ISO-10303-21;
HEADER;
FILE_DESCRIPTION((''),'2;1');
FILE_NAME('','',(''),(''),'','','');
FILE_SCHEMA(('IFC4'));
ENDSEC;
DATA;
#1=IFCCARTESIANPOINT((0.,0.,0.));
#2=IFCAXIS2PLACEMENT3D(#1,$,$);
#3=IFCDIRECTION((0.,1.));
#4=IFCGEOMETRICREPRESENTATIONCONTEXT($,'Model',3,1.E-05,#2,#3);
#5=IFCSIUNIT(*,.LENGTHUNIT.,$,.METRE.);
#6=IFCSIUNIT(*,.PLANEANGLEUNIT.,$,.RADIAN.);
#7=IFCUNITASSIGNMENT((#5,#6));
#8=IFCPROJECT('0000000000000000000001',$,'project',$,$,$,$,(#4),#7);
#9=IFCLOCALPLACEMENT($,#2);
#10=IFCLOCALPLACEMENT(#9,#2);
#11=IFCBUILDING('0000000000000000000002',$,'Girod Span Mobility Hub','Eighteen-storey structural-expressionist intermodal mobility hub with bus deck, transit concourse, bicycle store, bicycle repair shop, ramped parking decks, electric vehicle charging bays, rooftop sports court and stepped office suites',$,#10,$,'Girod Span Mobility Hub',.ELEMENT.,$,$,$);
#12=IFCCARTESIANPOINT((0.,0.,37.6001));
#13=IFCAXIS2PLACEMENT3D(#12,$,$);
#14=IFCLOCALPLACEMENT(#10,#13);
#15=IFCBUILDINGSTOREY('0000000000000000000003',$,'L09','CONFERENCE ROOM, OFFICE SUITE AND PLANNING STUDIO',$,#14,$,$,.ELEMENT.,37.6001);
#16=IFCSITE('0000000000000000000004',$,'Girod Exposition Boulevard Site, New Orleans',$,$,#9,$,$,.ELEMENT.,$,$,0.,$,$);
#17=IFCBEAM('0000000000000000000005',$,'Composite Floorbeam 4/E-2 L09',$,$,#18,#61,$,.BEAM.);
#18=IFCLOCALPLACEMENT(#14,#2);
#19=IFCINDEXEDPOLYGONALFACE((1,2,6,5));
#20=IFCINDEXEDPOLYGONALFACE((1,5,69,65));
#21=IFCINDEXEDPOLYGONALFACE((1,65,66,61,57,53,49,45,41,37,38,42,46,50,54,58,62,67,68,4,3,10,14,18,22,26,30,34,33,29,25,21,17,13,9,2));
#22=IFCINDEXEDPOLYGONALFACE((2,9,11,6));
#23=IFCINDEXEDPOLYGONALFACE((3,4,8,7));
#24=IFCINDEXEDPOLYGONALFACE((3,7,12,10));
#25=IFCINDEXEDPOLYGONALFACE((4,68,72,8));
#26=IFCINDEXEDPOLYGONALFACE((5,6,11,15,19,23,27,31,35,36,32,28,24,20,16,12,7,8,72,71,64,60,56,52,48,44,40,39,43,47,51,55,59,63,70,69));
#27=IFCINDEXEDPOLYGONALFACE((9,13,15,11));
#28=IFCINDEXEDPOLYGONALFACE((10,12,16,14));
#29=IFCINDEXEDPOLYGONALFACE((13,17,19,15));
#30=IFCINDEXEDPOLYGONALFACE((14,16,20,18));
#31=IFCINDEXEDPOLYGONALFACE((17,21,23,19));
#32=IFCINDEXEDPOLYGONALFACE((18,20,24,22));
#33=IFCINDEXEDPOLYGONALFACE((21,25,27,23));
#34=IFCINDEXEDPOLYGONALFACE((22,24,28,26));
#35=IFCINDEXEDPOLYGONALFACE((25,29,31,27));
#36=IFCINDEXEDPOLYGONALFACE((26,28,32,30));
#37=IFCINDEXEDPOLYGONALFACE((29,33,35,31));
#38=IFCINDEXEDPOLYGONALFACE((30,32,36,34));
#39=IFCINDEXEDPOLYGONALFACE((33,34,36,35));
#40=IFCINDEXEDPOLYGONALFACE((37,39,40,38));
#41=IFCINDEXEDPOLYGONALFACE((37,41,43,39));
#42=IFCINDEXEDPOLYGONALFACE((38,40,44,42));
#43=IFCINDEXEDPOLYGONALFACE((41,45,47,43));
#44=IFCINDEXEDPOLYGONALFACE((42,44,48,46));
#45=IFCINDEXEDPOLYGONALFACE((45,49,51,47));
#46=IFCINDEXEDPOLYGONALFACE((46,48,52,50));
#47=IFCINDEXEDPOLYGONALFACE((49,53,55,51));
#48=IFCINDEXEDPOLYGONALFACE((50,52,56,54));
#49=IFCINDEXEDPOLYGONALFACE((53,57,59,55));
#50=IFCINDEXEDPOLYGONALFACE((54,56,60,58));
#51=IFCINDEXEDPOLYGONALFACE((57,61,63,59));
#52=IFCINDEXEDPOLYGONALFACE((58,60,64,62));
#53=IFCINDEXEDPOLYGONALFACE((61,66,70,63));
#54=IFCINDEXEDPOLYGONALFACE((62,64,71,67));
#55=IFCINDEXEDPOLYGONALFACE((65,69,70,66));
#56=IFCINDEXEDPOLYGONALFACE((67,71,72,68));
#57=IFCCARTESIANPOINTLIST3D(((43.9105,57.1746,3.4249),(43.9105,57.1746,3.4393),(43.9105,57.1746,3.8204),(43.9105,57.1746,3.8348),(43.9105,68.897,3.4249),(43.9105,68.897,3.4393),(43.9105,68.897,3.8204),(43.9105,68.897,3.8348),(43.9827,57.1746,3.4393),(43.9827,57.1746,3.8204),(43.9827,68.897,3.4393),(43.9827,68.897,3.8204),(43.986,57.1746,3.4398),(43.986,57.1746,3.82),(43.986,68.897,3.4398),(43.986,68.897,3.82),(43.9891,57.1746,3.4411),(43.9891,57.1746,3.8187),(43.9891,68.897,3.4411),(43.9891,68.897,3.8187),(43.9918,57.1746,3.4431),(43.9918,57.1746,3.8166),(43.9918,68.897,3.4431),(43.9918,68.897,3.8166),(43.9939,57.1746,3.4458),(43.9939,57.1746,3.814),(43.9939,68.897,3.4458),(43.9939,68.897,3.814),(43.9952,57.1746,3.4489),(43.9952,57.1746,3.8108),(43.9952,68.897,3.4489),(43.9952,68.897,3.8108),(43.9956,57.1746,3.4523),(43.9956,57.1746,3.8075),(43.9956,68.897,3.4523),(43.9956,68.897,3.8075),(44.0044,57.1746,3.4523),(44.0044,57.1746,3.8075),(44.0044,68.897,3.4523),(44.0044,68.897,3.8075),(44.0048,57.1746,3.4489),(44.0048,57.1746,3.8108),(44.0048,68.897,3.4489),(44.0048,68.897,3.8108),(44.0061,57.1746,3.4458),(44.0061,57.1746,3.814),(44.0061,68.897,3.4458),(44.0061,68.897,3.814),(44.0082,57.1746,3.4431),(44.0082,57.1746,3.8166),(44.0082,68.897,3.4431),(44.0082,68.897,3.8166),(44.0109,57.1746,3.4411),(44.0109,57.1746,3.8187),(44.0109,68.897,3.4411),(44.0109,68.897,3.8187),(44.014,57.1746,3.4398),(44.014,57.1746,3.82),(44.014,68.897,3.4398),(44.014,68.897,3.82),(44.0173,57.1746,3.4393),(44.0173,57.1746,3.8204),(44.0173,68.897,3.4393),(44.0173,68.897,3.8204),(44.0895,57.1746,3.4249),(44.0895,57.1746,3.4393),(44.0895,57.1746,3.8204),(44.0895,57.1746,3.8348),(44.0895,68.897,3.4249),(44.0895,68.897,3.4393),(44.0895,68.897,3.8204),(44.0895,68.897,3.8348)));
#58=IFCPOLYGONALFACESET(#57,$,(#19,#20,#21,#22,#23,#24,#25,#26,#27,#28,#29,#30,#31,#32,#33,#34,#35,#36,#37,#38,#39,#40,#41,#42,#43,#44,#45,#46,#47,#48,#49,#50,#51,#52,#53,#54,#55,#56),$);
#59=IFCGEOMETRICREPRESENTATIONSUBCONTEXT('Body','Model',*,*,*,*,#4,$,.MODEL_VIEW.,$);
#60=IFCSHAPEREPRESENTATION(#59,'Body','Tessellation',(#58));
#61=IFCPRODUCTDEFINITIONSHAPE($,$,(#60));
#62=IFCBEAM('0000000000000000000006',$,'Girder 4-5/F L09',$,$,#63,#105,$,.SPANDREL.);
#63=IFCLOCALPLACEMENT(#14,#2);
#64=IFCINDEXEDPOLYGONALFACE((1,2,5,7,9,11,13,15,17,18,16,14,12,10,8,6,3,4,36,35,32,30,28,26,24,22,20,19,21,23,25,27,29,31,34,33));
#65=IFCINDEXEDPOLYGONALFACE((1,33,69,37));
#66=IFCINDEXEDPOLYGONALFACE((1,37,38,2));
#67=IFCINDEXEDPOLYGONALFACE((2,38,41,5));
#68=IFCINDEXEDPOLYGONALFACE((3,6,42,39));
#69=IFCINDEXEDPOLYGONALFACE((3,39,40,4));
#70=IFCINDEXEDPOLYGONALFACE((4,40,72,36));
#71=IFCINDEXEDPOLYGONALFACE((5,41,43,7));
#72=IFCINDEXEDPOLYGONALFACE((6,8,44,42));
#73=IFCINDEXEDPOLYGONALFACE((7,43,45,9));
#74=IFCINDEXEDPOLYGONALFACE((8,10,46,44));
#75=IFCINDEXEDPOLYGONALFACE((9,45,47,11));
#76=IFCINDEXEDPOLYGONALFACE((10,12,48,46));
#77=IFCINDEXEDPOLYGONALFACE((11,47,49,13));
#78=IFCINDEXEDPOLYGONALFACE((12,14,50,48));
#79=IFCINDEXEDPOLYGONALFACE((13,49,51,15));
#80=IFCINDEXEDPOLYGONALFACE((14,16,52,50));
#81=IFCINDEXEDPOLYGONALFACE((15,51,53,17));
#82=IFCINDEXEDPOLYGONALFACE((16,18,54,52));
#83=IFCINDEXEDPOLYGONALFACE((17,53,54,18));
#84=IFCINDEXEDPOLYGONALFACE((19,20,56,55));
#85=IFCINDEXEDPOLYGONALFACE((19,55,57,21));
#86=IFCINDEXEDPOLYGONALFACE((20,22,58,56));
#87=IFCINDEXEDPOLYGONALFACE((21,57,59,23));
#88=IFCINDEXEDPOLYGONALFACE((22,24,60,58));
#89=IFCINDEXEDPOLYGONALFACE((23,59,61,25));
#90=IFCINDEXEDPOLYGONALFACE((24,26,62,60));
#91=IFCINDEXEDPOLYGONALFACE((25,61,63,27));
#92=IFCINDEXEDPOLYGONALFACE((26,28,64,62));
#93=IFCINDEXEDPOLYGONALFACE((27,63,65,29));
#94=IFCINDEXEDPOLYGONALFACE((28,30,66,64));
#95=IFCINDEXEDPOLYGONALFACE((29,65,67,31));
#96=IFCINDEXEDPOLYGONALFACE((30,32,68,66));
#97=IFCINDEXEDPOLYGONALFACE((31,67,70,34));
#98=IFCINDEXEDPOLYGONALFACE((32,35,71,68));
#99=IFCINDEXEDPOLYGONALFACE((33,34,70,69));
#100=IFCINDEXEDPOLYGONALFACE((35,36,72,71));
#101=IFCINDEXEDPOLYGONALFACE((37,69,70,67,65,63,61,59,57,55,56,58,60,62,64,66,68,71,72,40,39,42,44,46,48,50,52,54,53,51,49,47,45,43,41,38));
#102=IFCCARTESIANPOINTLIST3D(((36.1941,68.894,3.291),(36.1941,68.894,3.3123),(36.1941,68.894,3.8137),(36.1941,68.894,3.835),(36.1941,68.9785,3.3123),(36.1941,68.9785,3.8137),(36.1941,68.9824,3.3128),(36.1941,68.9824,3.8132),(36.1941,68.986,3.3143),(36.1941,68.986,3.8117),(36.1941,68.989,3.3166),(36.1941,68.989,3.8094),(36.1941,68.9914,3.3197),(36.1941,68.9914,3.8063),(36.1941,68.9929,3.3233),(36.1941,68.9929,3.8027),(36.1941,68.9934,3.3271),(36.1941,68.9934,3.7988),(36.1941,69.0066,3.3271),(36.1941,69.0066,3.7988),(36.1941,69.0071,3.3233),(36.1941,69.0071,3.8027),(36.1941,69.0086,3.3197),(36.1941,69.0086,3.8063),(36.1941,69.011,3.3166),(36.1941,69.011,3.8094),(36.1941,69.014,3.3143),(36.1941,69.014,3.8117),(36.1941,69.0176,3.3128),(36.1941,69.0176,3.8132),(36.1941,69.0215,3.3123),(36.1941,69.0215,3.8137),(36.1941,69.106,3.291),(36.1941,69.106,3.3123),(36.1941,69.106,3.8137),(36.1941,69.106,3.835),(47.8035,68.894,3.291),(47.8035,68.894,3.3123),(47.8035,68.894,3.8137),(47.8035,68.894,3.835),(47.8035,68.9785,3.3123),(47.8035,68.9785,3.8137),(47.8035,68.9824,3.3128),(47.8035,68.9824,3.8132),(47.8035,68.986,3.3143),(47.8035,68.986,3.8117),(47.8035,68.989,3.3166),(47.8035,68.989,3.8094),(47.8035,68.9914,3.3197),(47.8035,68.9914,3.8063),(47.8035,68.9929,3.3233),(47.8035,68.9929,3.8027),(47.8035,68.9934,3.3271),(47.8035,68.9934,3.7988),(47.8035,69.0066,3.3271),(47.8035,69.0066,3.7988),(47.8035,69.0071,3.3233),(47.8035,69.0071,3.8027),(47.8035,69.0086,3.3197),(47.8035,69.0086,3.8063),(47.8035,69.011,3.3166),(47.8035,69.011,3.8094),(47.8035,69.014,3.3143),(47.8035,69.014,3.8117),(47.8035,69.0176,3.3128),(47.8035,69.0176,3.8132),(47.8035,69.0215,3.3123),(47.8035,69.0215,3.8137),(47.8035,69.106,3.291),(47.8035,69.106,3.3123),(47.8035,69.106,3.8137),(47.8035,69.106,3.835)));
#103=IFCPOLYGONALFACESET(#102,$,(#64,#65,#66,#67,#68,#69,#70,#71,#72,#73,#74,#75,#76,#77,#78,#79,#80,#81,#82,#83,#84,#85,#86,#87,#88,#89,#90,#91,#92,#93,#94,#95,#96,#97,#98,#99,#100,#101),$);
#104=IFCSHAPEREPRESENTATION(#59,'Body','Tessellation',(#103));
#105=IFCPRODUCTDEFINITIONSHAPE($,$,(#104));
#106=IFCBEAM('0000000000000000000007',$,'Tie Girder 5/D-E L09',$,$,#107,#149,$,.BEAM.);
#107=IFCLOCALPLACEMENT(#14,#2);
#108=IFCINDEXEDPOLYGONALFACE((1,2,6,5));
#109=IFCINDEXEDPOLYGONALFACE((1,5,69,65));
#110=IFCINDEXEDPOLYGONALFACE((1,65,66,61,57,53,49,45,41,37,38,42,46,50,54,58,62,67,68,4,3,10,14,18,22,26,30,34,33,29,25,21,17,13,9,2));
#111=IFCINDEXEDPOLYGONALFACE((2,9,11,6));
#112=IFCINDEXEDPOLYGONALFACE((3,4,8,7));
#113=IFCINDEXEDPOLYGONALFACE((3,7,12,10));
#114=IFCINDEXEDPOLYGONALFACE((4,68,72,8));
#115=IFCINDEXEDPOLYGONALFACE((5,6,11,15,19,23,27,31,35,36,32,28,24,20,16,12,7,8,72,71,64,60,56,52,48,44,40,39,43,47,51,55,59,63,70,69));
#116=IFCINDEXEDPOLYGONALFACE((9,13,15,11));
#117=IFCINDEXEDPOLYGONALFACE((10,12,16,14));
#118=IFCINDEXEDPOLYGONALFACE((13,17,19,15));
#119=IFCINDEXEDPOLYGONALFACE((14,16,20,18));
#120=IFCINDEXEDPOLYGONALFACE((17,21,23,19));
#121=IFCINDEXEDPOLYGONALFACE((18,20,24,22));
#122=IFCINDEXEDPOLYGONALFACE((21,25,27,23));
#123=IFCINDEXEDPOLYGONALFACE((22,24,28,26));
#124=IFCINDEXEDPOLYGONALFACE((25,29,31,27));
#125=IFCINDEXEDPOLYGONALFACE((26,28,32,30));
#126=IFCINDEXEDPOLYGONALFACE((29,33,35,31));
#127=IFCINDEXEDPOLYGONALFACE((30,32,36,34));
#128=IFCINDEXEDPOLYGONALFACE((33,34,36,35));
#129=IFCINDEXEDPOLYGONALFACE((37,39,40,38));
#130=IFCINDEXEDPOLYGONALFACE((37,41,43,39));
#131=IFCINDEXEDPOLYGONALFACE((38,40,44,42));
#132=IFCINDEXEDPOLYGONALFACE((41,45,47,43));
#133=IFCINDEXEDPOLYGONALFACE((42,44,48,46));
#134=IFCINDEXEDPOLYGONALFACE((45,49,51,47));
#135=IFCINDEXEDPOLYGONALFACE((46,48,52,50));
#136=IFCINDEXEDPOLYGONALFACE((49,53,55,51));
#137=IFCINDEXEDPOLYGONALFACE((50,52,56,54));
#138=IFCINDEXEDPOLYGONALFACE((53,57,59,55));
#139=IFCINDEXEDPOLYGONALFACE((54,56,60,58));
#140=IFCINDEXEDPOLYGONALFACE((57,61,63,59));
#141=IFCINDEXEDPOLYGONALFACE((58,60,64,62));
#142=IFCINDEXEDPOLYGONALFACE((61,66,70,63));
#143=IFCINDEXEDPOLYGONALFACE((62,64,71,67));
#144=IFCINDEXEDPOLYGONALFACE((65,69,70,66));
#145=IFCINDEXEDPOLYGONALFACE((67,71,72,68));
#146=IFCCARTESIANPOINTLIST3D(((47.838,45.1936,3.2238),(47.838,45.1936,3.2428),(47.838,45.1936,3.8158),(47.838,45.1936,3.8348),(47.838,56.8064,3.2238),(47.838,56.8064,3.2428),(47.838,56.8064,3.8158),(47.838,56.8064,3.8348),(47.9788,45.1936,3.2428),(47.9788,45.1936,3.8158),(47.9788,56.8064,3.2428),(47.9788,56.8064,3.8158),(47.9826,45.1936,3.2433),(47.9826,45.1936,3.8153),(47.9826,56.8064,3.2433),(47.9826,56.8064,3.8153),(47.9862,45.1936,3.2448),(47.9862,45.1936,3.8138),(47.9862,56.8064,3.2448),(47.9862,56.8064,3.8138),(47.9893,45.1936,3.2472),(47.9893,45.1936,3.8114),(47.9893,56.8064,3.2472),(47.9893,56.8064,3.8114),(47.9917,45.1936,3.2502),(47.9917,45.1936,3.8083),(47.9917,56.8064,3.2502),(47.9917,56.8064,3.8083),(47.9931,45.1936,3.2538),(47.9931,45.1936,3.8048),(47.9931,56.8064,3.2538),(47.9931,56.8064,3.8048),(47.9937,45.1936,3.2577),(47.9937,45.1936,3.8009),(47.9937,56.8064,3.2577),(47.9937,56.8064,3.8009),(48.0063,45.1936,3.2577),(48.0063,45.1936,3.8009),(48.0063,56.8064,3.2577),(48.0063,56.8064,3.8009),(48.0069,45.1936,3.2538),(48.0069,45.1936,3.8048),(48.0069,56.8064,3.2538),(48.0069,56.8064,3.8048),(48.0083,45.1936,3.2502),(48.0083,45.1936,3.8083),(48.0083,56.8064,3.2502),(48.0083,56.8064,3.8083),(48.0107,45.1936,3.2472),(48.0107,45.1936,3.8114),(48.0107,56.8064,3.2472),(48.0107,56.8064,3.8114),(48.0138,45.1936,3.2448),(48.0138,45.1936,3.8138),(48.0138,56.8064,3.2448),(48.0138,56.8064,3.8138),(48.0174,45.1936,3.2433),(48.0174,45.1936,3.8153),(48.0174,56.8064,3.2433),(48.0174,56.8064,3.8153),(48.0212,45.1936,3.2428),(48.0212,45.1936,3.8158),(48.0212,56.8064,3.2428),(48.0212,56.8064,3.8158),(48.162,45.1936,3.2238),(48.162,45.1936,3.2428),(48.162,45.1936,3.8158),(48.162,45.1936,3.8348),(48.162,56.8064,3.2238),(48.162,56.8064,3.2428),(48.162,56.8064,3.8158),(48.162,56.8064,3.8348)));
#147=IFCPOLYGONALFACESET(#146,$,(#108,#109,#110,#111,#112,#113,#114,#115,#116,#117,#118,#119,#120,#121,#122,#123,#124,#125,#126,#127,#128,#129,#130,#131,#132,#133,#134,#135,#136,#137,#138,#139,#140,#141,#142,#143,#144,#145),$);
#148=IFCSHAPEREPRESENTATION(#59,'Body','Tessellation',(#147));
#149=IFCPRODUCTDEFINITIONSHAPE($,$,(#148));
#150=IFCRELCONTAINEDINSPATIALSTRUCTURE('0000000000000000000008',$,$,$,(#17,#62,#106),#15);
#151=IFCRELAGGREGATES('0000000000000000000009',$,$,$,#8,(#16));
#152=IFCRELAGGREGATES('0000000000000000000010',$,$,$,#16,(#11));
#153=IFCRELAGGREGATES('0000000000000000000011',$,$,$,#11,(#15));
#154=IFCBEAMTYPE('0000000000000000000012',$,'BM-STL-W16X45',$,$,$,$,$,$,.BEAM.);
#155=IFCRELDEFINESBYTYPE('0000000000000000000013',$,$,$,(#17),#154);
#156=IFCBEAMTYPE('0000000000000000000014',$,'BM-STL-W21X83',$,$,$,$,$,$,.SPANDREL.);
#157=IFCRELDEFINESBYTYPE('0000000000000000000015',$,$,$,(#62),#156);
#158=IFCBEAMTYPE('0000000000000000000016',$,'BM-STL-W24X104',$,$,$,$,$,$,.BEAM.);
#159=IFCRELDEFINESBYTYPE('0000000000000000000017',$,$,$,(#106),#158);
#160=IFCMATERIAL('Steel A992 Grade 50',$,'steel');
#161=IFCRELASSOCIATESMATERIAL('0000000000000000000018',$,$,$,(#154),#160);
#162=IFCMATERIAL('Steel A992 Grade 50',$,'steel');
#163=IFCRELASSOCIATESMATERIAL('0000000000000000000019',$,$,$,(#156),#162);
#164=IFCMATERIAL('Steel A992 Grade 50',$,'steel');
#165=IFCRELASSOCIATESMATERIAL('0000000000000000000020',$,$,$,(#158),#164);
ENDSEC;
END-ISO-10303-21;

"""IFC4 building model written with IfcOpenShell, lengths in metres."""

from ifc_helpers import new_model, si_unit, direction, frame, origin, origin_2d, place, context, subcontext, project, spatial, i_section, extrude, material, material_profile, profile_set, type_object, element, save


model = new_model("IFC4")

# Units and contexts
model_context = context("Model", 3, precision=1e-05, world=origin(), true_north=direction((0.0, 1.0)))
body_context = subcontext(model_context, "Body", "Model", "MODEL_VIEW")
ifc_project = project(units=[si_unit("LENGTHUNIT", "METRE"), si_unit("PLANEANGLEUNIT", "RADIAN")], contexts=[model_context])

# Site, building, storey
site_placement = place(None, origin())
site = spatial("IfcSite", under=ifc_project, at=site_placement, Name="Girod Exposition Boulevard Site, New Orleans", CompositionType="ELEMENT", RefElevation=0.0)
building_placement = place(site_placement, origin())
building = spatial("IfcBuilding", under=site, at=building_placement, Name="Girod Span Mobility Hub", Description="Eighteen-storey structural-expressionist intermodal mobility hub with bus deck, transit concourse, bicycle store, bicycle repair shop, ramped parking decks, electric vehicle charging bays, rooftop sports court and stepped office suites", LongName="Girod Span Mobility Hub", CompositionType="ELEMENT")
storey_placement = place(building_placement, frame((0.0, 0.0, 37.6001)))
storey = spatial("IfcBuildingStorey", under=building, at=storey_placement, Name="L09", Description="CONFERENCE ROOM, OFFICE SUITE AND PLANNING STUDIO", CompositionType="ELEMENT", Elevation=37.6001)

# Beams
ifc_material_1 = material(Name="Steel A992 Grade 50", Category="steel")
ifc_material_profile_1 = material_profile(ifc_material_1, i_section(OverallWidth=0.179, OverallDepth=0.4099, WebThickness=0.0088, FlangeThickness=0.0144, FilletRadius=0.0129, at=origin_2d()), Name="W16X45")
ifc_profile_set_1 = profile_set([ifc_material_profile_1], Name="Steel A992 Grade 50")
beam_type_1 = type_object("IfcBeamType", Name="BM-STL-W16X45", PredefinedType="BEAM", material=ifc_profile_set_1)
for number, where, z_axis, x_axis, name in (
    (1, (44.0, 57.1746, 3.6299), (0.0, 1.0, 0.0), (-1.0, 0.0, 0.0), "Composite Floorbeam 4/E-2 L09"),
):
    element("IfcBeam", number, at=place(storey_placement, frame(where, z_axis=z_axis, x_axis=x_axis)), inside=storey, type_object=beam_type_1, Name=name, PredefinedType="BEAM", context=body_context, shape_type="SweptSolid", body=[
        extrude(i_section(OverallWidth=0.179, OverallDepth=0.4099, WebThickness=0.0088, FlangeThickness=0.0144, FilletRadius=0.0129, at=origin_2d()), origin(), (0.0, 0.0, 1.0), 11.7224),
    ])
ifc_material_2 = material(Name="Steel A992 Grade 50", Category="steel")
ifc_material_profile_2 = material_profile(ifc_material_2, i_section(OverallWidth=0.2119, OverallDepth=0.5439, WebThickness=0.0132, FlangeThickness=0.0212, FilletRadius=0.0149, at=origin_2d()), Name="W21X83")
ifc_profile_set_2 = profile_set([ifc_material_profile_2], Name="Steel A992 Grade 50")
beam_type_2 = type_object("IfcBeamType", Name="BM-STL-W21X83", PredefinedType="SPANDREL", material=ifc_profile_set_2)
beam_1_placement = place(storey_placement, frame((36.1941, 69.0, 3.563), z_axis=(1.0, 0.0, 0.0), x_axis=(0.0, 1.0, 0.0)))
element("IfcBeam", 2, at=beam_1_placement, inside=storey, type_object=beam_type_2, Name="Girder 4-5/F L09", PredefinedType="SPANDREL", context=body_context, shape_type="SweptSolid", body=[
    extrude(i_section(OverallWidth=0.2119, OverallDepth=0.5439, WebThickness=0.0132, FlangeThickness=0.0212, FilletRadius=0.0149, at=origin_2d()), origin(), (0.0, 0.0, 1.0), 11.6094),
])
ifc_material_3 = material(Name="Steel A992 Grade 50", Category="steel")
ifc_material_profile_3 = material_profile(ifc_material_3, i_section(OverallWidth=0.324, OverallDepth=0.6111, WebThickness=0.0127, FlangeThickness=0.019, FilletRadius=0.0149, at=origin_2d()), Name="W24X104")
ifc_profile_set_3 = profile_set([ifc_material_profile_3], Name="Steel A992 Grade 50")
beam_type_3 = type_object("IfcBeamType", Name="BM-STL-W24X104", PredefinedType="BEAM", material=ifc_profile_set_3)
beam_2_placement = place(storey_placement, frame((48.0, 45.1936, 3.5293), z_axis=(0.0, 1.0, 0.0), x_axis=(-1.0, 0.0, 0.0)))
element("IfcBeam", 3, at=beam_2_placement, inside=storey, type_object=beam_type_3, Name="Tie Girder 5/D-E L09", PredefinedType="BEAM", context=body_context, shape_type="SweptSolid", body=[
    extrude(i_section(OverallWidth=0.324, OverallDepth=0.6111, WebThickness=0.0127, FlangeThickness=0.019, FilletRadius=0.0149, at=origin_2d()), origin(), (0.0, 0.0, 1.0), 11.6128),
])

save(model, "model.ifc")
